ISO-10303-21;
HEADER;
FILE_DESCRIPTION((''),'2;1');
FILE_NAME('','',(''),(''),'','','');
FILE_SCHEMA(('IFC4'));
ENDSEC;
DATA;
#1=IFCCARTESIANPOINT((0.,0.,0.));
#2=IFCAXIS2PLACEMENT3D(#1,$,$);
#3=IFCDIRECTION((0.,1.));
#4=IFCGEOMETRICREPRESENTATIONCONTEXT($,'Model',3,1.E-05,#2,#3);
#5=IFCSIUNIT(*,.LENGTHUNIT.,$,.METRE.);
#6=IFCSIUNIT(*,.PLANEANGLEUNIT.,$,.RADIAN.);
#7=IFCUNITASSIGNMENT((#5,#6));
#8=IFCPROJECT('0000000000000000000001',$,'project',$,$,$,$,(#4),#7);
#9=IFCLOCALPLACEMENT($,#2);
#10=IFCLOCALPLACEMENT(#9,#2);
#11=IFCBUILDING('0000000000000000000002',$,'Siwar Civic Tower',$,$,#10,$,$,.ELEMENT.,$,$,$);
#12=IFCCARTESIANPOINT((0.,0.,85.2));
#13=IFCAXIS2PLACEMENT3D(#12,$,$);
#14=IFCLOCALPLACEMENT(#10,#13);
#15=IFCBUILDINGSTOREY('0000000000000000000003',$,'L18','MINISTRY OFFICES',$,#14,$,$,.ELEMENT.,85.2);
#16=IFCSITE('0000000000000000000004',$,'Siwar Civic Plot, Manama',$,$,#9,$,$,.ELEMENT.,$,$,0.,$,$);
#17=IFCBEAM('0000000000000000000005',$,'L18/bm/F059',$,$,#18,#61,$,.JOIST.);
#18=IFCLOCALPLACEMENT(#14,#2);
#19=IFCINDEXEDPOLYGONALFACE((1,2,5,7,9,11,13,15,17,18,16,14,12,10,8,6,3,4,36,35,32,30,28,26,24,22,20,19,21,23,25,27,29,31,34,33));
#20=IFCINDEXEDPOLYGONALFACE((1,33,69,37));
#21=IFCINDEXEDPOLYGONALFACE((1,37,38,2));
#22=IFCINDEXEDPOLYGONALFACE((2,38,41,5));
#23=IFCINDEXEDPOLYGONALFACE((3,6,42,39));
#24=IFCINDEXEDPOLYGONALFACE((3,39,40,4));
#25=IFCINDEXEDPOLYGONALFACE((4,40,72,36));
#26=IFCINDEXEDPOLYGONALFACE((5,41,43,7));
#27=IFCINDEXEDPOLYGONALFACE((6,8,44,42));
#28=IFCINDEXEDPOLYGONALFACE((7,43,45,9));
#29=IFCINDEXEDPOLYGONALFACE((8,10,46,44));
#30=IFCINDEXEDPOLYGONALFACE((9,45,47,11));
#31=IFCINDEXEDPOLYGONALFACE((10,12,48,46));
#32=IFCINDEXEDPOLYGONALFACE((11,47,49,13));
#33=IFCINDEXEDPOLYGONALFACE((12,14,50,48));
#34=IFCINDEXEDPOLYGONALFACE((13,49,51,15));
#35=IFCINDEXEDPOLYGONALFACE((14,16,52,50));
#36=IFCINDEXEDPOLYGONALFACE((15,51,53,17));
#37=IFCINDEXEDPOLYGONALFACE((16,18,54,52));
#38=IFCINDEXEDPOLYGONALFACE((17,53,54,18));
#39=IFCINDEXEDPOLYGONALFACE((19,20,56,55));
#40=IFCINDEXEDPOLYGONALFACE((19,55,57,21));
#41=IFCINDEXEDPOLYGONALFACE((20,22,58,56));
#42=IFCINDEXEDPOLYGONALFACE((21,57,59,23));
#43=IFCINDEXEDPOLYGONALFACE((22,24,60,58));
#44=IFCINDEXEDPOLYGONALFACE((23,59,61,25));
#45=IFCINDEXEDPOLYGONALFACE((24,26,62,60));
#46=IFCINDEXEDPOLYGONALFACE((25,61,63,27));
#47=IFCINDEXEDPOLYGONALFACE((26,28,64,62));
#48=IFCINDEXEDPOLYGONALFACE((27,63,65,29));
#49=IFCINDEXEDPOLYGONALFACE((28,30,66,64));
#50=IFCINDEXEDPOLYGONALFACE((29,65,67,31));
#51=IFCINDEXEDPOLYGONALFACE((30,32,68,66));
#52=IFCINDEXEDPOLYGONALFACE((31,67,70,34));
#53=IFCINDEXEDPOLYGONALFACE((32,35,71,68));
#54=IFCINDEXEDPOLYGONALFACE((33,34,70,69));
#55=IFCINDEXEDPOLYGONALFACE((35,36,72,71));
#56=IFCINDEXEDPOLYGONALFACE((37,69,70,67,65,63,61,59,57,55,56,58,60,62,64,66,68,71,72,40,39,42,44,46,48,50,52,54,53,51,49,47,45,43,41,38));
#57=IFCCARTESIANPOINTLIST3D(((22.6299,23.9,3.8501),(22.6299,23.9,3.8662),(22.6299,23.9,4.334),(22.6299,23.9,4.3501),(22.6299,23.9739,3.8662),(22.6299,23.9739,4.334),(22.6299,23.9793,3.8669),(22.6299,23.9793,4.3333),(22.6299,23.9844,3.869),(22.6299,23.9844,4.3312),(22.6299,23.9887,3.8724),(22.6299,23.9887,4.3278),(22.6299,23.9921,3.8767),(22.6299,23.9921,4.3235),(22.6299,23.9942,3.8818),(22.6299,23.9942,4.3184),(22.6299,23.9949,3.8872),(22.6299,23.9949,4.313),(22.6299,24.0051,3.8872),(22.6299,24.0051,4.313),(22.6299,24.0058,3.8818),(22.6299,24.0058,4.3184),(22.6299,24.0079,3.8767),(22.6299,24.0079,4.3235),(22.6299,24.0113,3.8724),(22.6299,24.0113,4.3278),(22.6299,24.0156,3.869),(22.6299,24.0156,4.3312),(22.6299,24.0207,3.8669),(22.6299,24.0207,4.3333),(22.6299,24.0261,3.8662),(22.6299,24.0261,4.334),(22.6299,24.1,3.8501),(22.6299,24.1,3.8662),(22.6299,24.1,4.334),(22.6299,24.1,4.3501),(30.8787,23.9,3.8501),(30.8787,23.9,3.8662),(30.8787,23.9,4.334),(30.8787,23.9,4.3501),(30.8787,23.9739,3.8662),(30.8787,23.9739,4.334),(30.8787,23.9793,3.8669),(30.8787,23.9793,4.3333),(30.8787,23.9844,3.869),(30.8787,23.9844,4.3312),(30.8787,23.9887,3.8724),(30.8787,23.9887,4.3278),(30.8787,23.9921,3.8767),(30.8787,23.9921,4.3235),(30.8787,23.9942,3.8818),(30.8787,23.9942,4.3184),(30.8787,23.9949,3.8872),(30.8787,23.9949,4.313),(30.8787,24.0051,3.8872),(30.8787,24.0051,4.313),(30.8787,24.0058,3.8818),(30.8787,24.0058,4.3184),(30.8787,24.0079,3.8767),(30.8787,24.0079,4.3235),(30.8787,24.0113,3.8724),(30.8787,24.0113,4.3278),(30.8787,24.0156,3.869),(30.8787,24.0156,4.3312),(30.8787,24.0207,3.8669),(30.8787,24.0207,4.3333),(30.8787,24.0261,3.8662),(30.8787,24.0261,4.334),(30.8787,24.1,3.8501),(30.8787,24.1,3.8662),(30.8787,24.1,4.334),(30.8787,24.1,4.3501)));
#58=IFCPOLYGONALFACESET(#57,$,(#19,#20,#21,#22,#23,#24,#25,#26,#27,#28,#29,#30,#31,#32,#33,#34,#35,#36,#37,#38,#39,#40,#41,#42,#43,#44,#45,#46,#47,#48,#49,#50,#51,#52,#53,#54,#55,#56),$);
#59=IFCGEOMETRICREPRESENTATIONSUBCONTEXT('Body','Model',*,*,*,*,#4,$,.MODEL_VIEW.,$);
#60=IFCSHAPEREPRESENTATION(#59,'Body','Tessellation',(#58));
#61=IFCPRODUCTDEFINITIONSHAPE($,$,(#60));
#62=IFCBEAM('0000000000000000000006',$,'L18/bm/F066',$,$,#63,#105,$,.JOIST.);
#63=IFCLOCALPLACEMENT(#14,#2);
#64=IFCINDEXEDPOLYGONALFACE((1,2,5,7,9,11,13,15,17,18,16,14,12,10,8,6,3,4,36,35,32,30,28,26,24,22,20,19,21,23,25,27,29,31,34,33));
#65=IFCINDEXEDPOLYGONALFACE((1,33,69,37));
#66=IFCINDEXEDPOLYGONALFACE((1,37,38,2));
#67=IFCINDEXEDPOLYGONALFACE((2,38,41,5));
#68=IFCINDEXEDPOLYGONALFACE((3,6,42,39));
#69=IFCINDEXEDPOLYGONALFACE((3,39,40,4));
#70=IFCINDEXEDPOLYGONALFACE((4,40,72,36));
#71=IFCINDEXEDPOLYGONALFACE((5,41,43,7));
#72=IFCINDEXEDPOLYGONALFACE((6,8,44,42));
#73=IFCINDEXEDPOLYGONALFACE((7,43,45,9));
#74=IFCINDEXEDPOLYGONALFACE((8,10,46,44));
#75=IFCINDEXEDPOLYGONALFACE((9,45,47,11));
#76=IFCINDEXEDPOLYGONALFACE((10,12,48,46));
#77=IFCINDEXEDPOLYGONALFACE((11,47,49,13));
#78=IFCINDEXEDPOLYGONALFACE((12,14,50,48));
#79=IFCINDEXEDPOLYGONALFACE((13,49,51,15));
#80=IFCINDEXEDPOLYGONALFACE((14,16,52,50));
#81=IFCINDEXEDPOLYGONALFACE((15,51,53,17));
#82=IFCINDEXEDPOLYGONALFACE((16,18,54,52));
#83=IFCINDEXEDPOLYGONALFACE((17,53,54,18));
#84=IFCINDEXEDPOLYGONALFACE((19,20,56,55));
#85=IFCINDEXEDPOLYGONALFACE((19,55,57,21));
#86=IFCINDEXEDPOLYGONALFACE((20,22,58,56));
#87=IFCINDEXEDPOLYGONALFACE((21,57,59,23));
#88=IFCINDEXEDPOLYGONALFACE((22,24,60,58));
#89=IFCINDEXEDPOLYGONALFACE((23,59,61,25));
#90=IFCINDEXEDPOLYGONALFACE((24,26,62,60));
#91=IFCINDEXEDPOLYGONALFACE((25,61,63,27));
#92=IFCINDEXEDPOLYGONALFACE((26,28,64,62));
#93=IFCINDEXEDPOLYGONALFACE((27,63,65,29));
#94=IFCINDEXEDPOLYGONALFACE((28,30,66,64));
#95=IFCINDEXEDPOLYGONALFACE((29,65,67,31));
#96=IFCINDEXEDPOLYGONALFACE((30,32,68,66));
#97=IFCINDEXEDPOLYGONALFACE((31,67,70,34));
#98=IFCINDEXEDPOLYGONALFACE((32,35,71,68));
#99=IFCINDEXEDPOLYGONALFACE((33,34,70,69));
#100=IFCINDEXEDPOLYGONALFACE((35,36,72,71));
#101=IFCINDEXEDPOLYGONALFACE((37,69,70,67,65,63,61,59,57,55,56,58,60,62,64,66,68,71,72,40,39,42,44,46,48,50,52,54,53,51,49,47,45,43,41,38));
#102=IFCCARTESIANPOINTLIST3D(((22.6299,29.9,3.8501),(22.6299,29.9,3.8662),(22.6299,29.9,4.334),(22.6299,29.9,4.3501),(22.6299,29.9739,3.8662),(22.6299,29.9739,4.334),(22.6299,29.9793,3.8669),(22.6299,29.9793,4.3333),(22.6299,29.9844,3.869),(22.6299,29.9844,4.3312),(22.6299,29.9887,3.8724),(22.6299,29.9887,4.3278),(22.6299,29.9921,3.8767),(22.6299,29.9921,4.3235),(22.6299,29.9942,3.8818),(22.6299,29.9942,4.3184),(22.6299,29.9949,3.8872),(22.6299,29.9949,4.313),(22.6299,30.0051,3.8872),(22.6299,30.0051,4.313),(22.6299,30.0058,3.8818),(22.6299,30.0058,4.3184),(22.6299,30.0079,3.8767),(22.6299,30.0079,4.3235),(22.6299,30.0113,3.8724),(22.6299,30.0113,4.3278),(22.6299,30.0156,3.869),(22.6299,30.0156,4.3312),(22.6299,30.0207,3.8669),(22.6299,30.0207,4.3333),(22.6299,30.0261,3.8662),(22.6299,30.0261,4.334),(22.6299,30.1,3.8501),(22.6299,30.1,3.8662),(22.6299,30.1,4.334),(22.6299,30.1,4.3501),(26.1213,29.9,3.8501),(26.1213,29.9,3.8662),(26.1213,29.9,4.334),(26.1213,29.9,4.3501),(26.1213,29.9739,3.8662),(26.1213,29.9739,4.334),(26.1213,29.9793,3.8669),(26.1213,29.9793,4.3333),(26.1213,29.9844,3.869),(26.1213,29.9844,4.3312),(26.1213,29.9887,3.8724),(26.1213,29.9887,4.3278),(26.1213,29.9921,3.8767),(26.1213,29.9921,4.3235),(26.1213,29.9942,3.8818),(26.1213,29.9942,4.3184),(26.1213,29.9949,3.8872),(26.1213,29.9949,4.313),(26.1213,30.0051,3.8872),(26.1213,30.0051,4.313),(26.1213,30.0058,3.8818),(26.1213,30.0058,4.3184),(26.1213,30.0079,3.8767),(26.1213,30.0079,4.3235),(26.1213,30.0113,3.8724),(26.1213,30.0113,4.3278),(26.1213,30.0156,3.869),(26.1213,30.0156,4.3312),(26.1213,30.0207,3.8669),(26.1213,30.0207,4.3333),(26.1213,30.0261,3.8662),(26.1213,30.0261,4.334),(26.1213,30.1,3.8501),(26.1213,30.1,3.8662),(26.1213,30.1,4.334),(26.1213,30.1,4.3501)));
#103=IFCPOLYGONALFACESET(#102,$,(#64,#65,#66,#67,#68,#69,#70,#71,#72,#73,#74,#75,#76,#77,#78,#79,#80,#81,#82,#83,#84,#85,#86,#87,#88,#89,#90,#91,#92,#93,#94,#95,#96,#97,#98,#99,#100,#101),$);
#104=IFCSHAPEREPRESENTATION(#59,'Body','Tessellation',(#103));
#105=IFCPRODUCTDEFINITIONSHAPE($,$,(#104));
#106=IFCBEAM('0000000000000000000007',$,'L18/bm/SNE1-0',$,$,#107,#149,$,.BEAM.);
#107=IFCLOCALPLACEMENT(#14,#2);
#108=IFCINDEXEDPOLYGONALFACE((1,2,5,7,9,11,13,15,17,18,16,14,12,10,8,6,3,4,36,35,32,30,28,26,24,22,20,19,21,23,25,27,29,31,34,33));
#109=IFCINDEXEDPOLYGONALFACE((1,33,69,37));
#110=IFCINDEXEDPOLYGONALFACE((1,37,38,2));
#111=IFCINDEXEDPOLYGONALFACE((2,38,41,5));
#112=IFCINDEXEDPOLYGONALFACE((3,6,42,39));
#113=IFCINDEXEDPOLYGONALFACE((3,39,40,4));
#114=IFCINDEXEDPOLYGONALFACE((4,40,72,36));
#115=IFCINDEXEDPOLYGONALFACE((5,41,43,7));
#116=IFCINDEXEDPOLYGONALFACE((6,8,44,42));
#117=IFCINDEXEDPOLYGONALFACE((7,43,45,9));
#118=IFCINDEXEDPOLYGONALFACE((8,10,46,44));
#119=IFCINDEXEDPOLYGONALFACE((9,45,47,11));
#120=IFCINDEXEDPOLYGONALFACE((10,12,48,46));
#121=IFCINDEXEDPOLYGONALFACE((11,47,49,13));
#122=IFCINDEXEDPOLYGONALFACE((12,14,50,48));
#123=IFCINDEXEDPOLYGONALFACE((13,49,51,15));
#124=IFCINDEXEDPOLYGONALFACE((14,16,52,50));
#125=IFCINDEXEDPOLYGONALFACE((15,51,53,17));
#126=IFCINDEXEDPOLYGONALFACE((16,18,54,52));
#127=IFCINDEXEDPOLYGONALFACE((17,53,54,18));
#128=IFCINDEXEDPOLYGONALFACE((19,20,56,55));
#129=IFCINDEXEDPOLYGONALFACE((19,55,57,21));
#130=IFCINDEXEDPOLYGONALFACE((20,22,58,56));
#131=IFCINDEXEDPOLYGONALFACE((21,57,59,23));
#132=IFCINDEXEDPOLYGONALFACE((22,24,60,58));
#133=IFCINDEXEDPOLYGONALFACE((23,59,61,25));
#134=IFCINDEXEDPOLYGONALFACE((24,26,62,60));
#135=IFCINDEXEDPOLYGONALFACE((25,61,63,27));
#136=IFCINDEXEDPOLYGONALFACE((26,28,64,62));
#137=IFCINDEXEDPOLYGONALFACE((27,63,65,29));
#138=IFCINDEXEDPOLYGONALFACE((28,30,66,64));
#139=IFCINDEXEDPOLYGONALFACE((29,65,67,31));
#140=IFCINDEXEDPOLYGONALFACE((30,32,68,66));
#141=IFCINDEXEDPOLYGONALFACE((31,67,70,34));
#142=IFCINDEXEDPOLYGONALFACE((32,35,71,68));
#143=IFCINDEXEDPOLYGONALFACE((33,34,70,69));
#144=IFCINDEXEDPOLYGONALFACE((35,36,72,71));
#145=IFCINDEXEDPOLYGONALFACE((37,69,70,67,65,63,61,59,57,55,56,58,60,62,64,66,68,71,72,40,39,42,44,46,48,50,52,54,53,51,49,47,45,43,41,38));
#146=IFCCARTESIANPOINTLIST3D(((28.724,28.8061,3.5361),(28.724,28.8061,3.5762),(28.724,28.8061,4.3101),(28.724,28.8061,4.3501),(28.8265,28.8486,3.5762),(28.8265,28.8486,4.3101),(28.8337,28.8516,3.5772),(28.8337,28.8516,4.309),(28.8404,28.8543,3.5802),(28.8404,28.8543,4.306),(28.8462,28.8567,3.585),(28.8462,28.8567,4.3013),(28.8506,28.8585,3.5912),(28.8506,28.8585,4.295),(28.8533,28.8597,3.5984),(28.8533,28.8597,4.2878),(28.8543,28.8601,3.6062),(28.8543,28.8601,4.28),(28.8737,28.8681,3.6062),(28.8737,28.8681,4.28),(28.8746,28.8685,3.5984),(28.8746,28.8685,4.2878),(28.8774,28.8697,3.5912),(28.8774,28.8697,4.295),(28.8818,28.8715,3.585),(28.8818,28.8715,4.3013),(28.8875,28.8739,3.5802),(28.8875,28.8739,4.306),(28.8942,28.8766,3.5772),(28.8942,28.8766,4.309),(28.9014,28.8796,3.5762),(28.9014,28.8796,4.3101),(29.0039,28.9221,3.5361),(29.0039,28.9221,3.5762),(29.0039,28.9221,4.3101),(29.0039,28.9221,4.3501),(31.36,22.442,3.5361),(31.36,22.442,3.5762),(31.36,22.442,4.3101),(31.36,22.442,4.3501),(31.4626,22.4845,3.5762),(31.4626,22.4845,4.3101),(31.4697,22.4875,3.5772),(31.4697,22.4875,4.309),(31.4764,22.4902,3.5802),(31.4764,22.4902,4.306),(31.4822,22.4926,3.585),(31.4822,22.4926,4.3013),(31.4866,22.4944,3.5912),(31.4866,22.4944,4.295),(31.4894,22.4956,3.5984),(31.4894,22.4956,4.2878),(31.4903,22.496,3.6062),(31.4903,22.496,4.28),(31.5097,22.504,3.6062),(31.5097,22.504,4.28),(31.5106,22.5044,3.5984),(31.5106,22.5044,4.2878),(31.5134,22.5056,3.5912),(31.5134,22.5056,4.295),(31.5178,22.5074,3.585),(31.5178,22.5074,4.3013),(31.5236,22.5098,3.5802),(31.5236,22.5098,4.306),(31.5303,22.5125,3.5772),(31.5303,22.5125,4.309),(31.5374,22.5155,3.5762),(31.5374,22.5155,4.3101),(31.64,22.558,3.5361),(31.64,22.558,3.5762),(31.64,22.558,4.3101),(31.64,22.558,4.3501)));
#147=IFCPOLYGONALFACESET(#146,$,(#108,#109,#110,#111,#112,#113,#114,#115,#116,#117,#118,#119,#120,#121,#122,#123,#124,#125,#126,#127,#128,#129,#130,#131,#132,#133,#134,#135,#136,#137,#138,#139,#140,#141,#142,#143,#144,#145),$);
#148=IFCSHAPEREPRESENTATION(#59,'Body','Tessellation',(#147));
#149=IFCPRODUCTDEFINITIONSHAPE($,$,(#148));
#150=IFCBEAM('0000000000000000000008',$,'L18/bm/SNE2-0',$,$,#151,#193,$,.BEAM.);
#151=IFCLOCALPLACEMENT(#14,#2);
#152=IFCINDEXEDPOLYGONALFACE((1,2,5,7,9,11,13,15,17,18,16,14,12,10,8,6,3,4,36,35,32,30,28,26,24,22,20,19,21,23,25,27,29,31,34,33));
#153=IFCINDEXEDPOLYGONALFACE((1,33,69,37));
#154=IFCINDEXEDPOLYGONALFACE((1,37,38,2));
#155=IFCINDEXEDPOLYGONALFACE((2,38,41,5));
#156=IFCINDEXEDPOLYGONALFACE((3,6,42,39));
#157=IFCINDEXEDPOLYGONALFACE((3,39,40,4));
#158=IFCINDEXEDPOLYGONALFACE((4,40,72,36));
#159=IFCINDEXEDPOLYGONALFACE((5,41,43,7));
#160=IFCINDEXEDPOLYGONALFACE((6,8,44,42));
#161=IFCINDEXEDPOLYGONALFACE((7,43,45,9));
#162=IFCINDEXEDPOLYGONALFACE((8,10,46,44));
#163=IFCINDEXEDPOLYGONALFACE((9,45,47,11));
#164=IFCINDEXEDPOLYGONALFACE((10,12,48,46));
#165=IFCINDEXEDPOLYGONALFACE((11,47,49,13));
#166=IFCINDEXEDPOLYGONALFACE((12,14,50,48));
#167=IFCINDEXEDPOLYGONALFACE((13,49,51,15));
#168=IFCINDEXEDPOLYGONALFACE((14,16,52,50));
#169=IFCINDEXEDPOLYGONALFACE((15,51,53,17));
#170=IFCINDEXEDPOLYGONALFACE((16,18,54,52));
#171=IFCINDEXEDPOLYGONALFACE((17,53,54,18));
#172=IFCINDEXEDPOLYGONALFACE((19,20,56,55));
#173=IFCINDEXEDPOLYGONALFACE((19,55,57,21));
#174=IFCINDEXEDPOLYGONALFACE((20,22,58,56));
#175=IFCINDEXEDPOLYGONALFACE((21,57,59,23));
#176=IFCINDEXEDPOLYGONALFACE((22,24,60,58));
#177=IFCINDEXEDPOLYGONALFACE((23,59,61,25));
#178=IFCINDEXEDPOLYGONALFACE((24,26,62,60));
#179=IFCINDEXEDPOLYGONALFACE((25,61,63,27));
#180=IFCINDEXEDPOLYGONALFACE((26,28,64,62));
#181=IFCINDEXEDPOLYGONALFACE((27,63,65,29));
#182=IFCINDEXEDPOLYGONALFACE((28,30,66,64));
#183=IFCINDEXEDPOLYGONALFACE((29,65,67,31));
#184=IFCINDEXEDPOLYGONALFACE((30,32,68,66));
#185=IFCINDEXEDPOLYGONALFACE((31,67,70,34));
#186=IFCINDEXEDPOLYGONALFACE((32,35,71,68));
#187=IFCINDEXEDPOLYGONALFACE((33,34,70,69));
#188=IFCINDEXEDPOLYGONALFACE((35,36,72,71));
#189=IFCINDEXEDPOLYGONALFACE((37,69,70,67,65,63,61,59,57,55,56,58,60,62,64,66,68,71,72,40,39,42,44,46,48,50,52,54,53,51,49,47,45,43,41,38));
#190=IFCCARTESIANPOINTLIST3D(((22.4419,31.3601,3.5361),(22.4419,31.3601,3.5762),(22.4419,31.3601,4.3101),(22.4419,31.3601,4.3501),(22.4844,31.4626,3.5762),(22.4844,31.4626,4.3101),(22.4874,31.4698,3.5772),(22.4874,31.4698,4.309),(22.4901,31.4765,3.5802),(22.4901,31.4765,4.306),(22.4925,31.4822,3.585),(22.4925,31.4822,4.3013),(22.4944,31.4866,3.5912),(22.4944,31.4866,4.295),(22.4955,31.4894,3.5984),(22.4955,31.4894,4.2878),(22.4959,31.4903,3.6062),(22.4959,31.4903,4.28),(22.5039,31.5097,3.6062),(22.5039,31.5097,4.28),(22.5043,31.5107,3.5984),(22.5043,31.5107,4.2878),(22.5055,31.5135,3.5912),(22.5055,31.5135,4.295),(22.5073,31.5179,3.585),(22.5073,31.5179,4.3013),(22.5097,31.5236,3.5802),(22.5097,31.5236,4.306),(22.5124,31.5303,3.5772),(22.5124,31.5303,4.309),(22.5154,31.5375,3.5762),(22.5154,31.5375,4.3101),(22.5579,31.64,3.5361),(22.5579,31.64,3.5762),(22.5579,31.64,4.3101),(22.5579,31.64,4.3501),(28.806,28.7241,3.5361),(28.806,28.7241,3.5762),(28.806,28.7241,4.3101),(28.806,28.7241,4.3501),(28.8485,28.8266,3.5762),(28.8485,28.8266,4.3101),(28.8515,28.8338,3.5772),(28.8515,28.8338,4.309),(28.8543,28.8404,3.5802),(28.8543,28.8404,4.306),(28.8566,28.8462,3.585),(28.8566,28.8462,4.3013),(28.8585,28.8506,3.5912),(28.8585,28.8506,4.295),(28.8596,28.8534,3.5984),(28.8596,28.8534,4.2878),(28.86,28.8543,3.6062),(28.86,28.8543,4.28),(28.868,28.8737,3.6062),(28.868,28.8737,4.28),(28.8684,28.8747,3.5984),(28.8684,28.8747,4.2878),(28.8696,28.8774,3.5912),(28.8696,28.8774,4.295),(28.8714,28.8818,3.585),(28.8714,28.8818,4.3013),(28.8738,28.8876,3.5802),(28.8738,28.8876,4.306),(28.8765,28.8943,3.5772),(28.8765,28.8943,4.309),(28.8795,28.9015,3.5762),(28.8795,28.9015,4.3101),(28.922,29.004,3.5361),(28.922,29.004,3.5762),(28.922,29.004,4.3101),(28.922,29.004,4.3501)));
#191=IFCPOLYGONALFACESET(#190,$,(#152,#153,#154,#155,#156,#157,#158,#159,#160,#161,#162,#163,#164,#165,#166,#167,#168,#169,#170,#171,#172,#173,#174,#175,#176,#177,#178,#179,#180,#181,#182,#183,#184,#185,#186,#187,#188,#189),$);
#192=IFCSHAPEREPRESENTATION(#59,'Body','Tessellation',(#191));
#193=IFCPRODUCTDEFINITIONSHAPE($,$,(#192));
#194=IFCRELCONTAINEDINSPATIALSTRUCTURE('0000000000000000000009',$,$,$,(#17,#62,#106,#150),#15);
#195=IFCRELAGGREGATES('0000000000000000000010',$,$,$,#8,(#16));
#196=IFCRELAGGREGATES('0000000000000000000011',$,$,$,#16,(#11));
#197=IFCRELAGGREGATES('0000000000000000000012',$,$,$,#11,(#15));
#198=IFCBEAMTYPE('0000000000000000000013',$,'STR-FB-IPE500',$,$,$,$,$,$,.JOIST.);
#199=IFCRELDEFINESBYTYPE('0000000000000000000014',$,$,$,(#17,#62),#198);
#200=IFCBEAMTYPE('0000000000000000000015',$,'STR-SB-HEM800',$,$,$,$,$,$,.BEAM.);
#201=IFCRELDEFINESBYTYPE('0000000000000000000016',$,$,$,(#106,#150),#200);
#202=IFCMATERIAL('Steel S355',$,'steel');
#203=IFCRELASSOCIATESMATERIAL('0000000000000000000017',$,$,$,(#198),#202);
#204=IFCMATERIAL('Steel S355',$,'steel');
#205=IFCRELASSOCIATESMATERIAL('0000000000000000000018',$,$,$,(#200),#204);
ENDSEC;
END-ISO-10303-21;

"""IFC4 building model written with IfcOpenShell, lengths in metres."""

from ifc_helpers import new_model, si_unit, direction, frame, origin, origin_2d, place, context, subcontext, project, spatial, i_section, extrude, material, material_profile, profile_set, type_object, element, save


model = new_model("IFC4")

# Units and contexts
model_context = context("Model", 3, precision=1e-05, world=origin(), true_north=direction((0.0, 1.0)))
body_context = subcontext(model_context, "Body", "Model", "MODEL_VIEW")
ifc_project = project(units=[si_unit("LENGTHUNIT", "METRE"), si_unit("PLANEANGLEUNIT", "RADIAN")], contexts=[model_context])

# Site, building, storey
site_placement = place(None, origin())
site = spatial("IfcSite", under=ifc_project, at=site_placement, Name="Siwar Civic Plot, Manama", CompositionType="ELEMENT", RefElevation=0.0)
building_placement = place(site_placement, origin())
building = spatial("IfcBuilding", under=site, at=building_placement, Name="Siwar Civic Tower", CompositionType="ELEMENT")
storey_placement = place(building_placement, frame((0.0, 0.0, 85.2)))
storey = spatial("IfcBuildingStorey", under=building, at=storey_placement, Name="L18", Description="MINISTRY OFFICES", CompositionType="ELEMENT", Elevation=85.2)

# Beams
ifc_material_1 = material(Name="Steel S355", Category="steel")
ifc_material_profile_1 = material_profile(ifc_material_1, i_section(OverallWidth=0.2, OverallDepth=0.5, WebThickness=0.0103, FlangeThickness=0.0161, FilletRadius=0.021, at=origin_2d()), Name="IPE500")
ifc_profile_set_1 = profile_set([ifc_material_profile_1], Name="Steel S355")
beam_type_1 = type_object("IfcBeamType", Name="STR-FB-IPE500", PredefinedType="JOIST", material=ifc_profile_set_1)
beam_1_placement = place(storey_placement, frame((22.6299, 24.0, 4.1001), z_axis=(1.0, 0.0, 0.0), x_axis=(0.0, 1.0, 0.0)))
element("IfcBeam", 1, at=beam_1_placement, inside=storey, type_object=beam_type_1, Name="L18/bm/F059", PredefinedType="JOIST", context=body_context, shape_type="SweptSolid", body=[
    extrude(i_section(OverallWidth=0.2, OverallDepth=0.5, WebThickness=0.0103, FlangeThickness=0.0161, FilletRadius=0.021, at=origin_2d()), origin(), (0.0, 0.0, 1.0), 8.2488),
])
beam_2_placement = place(storey_placement, frame((22.6299, 30.0, 4.1001), z_axis=(1.0, 0.0, 0.0), x_axis=(0.0, 1.0, 0.0)))
element("IfcBeam", 2, at=beam_2_placement, inside=storey, type_object=beam_type_1, Name="L18/bm/F066", PredefinedType="JOIST", context=body_context, shape_type="SweptSolid", body=[
    extrude(i_section(OverallWidth=0.2, OverallDepth=0.5, WebThickness=0.0103, FlangeThickness=0.0161, FilletRadius=0.021, at=origin_2d()), origin(), (0.0, 0.0, 1.0), 3.4915),
])
ifc_material_2 = material(Name="Steel S355", Category="steel")
ifc_material_profile_2 = material_profile(ifc_material_2, i_section(OverallWidth=0.303, OverallDepth=0.814, WebThickness=0.021, FlangeThickness=0.04, FilletRadius=0.03, at=origin_2d()), Name="HEM800")
ifc_profile_set_2 = profile_set([ifc_material_profile_2], Name="Steel S355")
beam_type_2 = type_object("IfcBeamType", Name="STR-SB-HEM800", PredefinedType="BEAM", material=ifc_profile_set_2)
for number, where, z_axis, x_axis, name in (
    (3, (31.5, 22.5, 3.9431), (-0.382674, 0.923883, 0.0), (-0.923883, -0.382674, 0.0), "L18/bm/SNE1-0"),
    (4, (28.864, 28.864, 3.9431), (-0.923883, 0.382674, 0.0), (-0.382674, -0.923883, 0.0), "L18/bm/SNE2-0"),
):
    element("IfcBeam", number, at=place(storey_placement, frame(where, z_axis=z_axis, x_axis=x_axis)), inside=storey, type_object=beam_type_2, Name=name, PredefinedType="BEAM", context=body_context, shape_type="SweptSolid", body=[
        extrude(i_section(OverallWidth=0.303, OverallDepth=0.814, WebThickness=0.021, FlangeThickness=0.04, FilletRadius=0.03, at=origin_2d()), origin(), (0.0, 0.0, 1.0), 6.8884),
    ])

save(model, "model.ifc")
